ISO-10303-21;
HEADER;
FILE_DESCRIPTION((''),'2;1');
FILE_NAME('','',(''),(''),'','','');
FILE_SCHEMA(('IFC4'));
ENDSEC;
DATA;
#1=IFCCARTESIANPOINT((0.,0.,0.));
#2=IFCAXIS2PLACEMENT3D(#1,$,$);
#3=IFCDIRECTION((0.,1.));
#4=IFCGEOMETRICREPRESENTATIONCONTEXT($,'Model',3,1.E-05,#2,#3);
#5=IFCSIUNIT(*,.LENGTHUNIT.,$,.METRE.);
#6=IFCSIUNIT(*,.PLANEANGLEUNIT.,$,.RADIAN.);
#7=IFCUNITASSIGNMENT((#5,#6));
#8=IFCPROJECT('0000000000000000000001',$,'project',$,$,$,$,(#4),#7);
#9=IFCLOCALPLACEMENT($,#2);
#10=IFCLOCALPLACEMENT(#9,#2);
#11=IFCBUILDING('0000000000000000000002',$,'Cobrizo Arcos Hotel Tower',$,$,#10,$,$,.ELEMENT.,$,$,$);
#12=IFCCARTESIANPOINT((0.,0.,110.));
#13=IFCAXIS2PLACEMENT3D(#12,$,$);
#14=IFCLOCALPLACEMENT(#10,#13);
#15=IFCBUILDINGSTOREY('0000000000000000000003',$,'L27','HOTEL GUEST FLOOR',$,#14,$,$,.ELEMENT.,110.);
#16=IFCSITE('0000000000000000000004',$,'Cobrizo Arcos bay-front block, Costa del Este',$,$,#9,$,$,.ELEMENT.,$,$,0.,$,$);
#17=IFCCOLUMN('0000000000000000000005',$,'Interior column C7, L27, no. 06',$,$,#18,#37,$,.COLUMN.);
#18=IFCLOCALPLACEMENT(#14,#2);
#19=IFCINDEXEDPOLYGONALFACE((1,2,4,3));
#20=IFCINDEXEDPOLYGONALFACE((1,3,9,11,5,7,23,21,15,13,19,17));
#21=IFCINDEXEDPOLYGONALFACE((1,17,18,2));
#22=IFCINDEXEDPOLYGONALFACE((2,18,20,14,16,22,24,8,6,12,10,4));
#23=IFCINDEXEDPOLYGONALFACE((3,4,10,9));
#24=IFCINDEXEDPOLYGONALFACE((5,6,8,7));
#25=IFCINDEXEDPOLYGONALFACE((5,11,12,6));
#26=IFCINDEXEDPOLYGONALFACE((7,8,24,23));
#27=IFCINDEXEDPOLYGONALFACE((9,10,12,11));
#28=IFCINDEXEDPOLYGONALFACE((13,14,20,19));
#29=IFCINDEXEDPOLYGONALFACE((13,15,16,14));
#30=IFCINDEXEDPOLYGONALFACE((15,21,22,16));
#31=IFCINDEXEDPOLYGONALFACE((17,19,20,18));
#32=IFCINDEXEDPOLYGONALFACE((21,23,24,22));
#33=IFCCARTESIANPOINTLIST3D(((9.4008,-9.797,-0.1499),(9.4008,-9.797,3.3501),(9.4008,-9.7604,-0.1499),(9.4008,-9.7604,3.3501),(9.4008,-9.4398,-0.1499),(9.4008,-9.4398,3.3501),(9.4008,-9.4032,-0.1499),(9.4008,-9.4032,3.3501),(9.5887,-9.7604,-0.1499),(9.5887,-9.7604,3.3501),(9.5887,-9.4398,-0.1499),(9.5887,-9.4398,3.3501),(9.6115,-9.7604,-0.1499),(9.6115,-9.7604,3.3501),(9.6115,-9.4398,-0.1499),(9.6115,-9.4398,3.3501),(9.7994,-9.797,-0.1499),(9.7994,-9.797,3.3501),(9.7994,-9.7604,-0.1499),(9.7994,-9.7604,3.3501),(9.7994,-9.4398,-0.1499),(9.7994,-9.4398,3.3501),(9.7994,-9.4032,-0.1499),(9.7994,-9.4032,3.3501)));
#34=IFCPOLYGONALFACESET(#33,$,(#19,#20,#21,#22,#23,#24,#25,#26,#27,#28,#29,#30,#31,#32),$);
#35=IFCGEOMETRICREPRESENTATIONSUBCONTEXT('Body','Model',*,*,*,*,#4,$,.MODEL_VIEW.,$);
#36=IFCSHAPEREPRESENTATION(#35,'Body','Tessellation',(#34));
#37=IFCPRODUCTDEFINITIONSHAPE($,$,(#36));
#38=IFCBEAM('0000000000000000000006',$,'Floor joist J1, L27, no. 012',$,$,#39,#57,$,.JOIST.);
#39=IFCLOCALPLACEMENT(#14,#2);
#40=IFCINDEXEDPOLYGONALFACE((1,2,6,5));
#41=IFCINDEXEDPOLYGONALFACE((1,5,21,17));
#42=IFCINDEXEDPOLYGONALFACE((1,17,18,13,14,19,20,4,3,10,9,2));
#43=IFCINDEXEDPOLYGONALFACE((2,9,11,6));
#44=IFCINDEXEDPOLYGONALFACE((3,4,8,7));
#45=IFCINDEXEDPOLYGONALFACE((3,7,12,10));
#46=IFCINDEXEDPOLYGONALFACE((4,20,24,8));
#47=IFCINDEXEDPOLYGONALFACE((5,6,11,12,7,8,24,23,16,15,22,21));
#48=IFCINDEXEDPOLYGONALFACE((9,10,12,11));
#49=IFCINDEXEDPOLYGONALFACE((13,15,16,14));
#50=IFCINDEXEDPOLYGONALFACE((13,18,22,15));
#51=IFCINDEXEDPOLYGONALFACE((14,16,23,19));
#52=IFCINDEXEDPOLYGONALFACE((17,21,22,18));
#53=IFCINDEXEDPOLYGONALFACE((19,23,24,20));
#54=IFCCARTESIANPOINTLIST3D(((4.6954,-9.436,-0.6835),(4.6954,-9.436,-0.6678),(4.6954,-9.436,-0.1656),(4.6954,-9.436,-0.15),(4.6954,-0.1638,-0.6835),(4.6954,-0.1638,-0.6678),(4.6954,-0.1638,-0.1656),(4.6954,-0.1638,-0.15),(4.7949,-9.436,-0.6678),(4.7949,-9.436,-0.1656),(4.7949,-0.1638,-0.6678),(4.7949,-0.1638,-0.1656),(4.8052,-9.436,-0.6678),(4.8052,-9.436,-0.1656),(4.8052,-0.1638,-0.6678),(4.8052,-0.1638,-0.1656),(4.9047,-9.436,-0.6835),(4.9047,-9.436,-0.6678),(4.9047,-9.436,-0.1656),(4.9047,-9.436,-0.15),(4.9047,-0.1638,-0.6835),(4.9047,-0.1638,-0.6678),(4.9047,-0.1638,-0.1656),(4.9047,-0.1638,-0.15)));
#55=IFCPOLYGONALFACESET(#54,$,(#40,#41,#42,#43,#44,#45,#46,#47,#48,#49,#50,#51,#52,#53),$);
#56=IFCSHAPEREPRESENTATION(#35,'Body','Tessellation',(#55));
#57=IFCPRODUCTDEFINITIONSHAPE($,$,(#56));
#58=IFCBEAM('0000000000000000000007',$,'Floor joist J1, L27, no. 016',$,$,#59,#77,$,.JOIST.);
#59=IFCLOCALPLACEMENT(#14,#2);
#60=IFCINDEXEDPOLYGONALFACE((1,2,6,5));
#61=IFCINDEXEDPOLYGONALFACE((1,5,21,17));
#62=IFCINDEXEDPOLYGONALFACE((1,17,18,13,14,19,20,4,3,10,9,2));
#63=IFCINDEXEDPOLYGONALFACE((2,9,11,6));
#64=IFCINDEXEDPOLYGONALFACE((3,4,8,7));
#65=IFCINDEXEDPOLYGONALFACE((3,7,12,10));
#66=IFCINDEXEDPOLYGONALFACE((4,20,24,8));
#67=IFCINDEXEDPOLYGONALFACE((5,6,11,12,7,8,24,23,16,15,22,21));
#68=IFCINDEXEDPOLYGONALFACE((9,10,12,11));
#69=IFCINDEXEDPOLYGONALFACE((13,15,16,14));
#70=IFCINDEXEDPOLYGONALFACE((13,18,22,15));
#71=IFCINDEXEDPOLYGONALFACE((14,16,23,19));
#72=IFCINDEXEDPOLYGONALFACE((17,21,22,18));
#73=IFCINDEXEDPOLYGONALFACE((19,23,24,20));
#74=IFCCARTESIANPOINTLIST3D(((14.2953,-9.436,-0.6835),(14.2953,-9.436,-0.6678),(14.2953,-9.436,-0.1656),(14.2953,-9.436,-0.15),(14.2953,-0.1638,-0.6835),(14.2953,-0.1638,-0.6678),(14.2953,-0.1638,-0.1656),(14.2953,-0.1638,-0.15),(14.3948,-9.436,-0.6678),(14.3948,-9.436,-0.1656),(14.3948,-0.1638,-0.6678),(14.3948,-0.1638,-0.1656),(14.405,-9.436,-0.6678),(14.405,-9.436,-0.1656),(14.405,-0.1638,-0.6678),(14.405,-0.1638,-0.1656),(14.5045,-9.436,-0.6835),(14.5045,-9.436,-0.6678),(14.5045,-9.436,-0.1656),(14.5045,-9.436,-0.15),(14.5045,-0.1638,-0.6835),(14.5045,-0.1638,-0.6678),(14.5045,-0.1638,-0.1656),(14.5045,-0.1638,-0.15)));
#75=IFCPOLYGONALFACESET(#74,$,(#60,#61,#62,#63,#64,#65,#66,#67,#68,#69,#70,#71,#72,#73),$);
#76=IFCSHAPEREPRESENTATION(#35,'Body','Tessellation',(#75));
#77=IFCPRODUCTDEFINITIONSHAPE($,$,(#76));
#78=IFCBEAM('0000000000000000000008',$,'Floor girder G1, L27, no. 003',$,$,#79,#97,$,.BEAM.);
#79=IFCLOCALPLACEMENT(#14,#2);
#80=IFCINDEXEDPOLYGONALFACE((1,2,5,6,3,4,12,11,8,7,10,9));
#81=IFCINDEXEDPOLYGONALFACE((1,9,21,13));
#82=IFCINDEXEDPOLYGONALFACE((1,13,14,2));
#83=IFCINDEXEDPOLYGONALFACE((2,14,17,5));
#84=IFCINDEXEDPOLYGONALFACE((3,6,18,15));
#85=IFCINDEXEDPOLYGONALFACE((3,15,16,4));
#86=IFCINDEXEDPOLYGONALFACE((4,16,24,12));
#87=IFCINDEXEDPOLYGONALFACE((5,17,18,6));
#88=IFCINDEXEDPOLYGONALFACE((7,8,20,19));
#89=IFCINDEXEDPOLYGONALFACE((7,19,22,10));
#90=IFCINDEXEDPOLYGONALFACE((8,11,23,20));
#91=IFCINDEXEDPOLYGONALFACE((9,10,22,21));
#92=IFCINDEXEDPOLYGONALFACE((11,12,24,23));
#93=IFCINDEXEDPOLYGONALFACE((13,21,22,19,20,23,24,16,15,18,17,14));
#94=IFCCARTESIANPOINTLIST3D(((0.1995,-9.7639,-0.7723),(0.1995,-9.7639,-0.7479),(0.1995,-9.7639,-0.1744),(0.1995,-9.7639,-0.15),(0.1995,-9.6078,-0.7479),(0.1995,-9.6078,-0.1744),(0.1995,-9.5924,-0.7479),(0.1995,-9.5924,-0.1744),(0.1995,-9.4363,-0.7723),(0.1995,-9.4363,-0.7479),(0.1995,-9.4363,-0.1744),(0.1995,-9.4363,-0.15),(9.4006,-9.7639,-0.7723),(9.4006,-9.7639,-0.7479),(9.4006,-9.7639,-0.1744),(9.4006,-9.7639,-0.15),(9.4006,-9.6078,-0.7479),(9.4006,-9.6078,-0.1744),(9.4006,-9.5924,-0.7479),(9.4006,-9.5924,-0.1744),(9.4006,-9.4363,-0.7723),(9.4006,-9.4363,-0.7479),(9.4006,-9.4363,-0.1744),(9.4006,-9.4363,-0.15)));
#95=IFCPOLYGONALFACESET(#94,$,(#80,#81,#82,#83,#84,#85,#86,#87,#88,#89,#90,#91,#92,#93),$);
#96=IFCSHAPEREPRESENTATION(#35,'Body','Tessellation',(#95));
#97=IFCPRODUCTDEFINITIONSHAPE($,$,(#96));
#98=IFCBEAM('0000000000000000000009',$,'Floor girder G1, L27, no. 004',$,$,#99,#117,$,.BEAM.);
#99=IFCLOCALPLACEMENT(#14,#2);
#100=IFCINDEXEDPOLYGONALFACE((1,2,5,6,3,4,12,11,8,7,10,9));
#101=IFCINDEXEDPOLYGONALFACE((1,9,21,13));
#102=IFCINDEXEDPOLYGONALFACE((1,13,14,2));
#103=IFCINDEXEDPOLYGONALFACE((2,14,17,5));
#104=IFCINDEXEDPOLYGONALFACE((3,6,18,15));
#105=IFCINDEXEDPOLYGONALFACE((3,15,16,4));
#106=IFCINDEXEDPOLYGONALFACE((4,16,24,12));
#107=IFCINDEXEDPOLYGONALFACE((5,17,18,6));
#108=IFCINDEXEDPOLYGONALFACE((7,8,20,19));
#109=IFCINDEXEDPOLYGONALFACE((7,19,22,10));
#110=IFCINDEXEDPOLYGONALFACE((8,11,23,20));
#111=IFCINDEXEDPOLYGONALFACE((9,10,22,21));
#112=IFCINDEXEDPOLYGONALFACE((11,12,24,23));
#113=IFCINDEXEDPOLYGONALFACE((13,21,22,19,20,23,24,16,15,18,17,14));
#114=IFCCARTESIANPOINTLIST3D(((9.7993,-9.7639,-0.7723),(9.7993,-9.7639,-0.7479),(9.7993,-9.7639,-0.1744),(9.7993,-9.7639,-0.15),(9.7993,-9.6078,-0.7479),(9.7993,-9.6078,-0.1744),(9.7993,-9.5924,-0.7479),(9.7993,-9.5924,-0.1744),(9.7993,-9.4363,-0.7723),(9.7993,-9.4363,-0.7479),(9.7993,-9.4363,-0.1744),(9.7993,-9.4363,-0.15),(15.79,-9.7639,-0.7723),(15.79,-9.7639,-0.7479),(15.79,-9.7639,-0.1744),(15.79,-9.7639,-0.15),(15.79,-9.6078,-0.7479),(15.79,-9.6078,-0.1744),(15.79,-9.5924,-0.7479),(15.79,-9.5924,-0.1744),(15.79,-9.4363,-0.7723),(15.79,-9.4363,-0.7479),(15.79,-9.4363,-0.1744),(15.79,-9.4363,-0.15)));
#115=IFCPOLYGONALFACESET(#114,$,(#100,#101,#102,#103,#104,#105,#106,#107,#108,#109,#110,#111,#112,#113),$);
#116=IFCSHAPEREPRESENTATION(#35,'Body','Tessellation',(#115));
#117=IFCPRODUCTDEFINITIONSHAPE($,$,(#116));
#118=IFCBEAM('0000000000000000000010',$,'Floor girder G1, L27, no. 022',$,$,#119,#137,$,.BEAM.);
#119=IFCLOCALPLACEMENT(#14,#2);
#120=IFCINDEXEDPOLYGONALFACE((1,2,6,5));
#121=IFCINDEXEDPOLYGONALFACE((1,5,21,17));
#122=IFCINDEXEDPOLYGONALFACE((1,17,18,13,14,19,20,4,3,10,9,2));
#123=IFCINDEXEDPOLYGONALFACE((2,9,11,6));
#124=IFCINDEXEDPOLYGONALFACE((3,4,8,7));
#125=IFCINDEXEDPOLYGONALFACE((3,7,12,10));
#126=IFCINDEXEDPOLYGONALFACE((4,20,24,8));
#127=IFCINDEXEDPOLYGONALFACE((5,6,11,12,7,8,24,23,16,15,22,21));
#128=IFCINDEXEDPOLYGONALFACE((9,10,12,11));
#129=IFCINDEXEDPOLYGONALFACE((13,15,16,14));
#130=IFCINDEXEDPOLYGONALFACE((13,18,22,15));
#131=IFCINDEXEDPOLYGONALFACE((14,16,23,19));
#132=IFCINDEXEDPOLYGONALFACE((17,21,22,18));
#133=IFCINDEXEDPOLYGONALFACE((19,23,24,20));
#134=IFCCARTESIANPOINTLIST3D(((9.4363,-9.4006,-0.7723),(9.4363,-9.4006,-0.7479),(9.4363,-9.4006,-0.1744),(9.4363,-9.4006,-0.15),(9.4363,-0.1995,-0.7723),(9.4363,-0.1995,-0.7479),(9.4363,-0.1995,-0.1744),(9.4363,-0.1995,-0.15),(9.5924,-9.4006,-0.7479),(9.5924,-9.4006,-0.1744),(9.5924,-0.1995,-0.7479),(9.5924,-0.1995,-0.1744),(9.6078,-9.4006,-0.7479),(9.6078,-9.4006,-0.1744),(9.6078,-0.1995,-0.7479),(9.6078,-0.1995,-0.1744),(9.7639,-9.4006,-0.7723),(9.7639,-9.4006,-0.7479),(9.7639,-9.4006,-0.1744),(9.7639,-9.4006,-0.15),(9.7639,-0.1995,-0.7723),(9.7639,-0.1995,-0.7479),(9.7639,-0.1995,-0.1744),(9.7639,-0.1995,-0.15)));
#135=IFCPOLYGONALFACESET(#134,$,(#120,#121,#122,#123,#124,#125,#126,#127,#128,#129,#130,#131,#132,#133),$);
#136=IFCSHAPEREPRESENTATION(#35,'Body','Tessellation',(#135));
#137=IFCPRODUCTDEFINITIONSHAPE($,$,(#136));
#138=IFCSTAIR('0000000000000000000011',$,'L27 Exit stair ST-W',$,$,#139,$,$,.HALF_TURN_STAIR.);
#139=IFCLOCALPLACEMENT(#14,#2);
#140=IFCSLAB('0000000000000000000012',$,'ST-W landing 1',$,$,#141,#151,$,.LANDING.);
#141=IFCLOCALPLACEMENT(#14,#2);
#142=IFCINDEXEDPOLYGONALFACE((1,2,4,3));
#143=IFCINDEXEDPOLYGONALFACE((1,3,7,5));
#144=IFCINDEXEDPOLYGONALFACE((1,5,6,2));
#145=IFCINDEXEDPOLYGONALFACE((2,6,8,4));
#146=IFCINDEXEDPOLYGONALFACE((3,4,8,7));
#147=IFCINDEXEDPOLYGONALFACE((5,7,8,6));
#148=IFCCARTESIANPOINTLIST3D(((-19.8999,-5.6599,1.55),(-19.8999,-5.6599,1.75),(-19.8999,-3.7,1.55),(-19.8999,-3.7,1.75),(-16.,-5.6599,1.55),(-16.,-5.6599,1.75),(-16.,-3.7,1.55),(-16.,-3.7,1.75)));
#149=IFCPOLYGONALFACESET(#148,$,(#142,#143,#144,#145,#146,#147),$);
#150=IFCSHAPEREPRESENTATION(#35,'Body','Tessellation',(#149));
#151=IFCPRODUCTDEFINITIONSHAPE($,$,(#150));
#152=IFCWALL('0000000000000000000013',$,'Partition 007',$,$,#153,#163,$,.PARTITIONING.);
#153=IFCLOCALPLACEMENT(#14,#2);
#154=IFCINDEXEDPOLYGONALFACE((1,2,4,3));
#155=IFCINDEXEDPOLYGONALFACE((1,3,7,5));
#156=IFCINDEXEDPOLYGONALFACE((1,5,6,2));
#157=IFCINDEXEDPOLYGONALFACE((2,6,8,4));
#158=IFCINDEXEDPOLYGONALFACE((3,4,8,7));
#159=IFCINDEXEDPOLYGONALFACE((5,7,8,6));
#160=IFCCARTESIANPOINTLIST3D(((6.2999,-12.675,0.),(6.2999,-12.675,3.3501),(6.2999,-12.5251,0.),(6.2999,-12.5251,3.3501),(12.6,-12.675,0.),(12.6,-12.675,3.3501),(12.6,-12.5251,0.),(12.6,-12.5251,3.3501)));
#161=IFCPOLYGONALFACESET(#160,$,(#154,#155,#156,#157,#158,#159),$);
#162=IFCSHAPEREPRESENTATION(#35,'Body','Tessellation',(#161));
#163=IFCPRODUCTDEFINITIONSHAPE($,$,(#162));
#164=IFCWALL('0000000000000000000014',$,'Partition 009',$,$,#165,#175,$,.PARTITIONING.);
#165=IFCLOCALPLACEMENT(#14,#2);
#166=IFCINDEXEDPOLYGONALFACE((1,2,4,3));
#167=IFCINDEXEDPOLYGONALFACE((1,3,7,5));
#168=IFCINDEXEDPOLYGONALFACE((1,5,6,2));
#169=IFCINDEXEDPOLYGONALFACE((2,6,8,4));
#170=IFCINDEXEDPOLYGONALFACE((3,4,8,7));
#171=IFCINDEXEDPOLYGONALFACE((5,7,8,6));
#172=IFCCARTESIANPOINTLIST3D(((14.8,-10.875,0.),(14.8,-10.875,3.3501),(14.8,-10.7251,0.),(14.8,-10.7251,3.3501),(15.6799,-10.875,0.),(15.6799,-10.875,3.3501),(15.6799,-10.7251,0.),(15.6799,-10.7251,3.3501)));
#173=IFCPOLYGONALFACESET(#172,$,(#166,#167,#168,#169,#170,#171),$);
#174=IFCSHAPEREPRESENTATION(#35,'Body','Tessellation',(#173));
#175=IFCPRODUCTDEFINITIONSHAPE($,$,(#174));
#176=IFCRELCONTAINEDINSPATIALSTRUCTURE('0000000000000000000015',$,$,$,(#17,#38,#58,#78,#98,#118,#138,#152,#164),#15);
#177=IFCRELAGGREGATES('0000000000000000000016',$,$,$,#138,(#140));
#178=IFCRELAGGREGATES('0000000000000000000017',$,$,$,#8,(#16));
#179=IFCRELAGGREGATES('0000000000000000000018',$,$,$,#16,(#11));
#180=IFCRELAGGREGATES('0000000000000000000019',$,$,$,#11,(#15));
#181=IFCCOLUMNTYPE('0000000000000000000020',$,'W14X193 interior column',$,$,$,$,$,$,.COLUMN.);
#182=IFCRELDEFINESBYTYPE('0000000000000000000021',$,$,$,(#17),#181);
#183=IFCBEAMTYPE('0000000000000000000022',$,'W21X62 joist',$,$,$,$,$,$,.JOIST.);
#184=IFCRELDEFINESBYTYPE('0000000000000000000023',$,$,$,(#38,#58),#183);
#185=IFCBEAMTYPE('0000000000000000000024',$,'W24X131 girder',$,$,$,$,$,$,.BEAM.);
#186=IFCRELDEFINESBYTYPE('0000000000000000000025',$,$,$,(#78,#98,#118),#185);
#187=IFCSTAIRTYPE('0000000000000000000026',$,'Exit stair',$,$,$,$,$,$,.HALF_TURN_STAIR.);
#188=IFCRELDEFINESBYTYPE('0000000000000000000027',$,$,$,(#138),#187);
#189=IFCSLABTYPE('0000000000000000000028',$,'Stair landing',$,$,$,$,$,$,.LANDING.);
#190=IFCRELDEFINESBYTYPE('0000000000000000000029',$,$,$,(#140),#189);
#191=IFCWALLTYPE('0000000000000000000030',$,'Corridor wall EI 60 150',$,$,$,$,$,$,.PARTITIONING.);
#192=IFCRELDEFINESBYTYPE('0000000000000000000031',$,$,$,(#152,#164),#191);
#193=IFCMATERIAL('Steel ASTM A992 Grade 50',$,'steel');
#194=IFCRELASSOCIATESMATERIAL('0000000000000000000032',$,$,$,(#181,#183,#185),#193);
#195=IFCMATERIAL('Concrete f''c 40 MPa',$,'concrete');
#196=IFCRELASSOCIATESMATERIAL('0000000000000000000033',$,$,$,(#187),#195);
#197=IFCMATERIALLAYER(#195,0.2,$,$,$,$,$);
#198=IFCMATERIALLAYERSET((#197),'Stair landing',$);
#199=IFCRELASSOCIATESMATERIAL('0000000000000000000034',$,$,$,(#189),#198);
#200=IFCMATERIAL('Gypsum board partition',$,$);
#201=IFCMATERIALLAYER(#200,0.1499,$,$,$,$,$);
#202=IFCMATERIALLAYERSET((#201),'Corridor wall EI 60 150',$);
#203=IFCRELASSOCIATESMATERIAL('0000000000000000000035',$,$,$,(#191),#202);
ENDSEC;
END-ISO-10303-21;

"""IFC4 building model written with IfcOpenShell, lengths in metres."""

from ifc_helpers import new_model, si_unit, direction, frame, frame_2d, origin, origin_2d, place, context, subcontext, project, spatial, polyline, rectangle, i_section, outline, extrude, material, layer, layer_set, material_profile, profile_set, type_object, element, aggregate, save


model = new_model("IFC4")

# Units and contexts
model_context = context("Model", 3, precision=1e-05, world=origin(), true_north=direction((0.0, 1.0)))
body_context = subcontext(model_context, "Body", "Model", "MODEL_VIEW")
ifc_project = project(units=[si_unit("LENGTHUNIT", "METRE"), si_unit("PLANEANGLEUNIT", "RADIAN")], contexts=[model_context])

# Site, building, storey
site_placement = place(None, origin())
site = spatial("IfcSite", under=ifc_project, at=site_placement, Name="Cobrizo Arcos bay-front block, Costa del Este", CompositionType="ELEMENT", RefElevation=0.0)
building_placement = place(site_placement, origin())
building = spatial("IfcBuilding", under=site, at=building_placement, Name="Cobrizo Arcos Hotel Tower", CompositionType="ELEMENT")
storey_placement = place(building_placement, frame((0.0, 0.0, 110.0)))
storey = spatial("IfcBuildingStorey", under=building, at=storey_placement, Name="L27", Description="HOTEL GUEST FLOOR", CompositionType="ELEMENT", Elevation=110.0)

# Column
ifc_material_1 = material(Name="Steel ASTM A992 Grade 50", Category="steel")
ifc_material_profile_1 = material_profile(ifc_material_1, i_section(OverallWidth=0.3987, OverallDepth=0.3938, WebThickness=0.0227, FlangeThickness=0.0366, at=origin_2d()), Name="W14X193")
ifc_profile_set_1 = profile_set([ifc_material_profile_1], Name="Steel ASTM A992 Grade 50")
column_type = type_object("IfcColumnType", Name="W14X193 interior column", PredefinedType="COLUMN", material=ifc_profile_set_1)
column_placement = place(storey_placement, frame((9.6001, -9.6001, -0.1499), z_axis=(0.0, 0.0, 1.0), x_axis=(1.0, 0.0, 0.0)))
element("IfcColumn", 1, at=column_placement, inside=storey, type_object=column_type, Name="Interior column C7, L27, no. 06", PredefinedType="COLUMN", context=body_context, shape_type="SweptSolid", body=[
    extrude(i_section(OverallWidth=0.3987, OverallDepth=0.3938, WebThickness=0.0227, FlangeThickness=0.0366, at=origin_2d()), origin(), (0.0, 0.0, 1.0), 3.5),
])

# Beams
ifc_material_profile_2 = material_profile(ifc_material_1, i_section(OverallWidth=0.2092, OverallDepth=0.5334, WebThickness=0.0103, FlangeThickness=0.0156, at=origin_2d()), Name="W21X62")
ifc_profile_set_2 = profile_set([ifc_material_profile_2], Name="Steel ASTM A992 Grade 50")
beam_type_1 = type_object("IfcBeamType", Name="W21X62 joist", PredefinedType="JOIST", material=ifc_profile_set_2)
for number, where, z_axis, x_axis, name in (
    (2, (4.8, -9.436, -0.4167), (0.0, 1.0, 0.0), (-1.0, 0.0, 0.0), "Floor joist J1, L27, no. 012"),
    (3, (14.3999, -9.436, -0.4167), (0.0, 1.0, 0.0), (-1.0, 0.0, 0.0), "Floor joist J1, L27, no. 016"),
):
    element("IfcBeam", number, at=place(storey_placement, frame(where, z_axis=z_axis, x_axis=x_axis)), inside=storey, type_object=beam_type_1, Name=name, PredefinedType="JOIST", context=body_context, shape_type="SweptSolid", body=[
        extrude(i_section(OverallWidth=0.2092, OverallDepth=0.5334, WebThickness=0.0103, FlangeThickness=0.0156, at=origin_2d()), origin(), (0.0, 0.0, 1.0), 9.2722),
    ])
ifc_material_profile_3 = material_profile(ifc_material_1, i_section(OverallWidth=0.3276, OverallDepth=0.6223, WebThickness=0.0154, FlangeThickness=0.0244, at=origin_2d()), Name="W24X131")
ifc_profile_set_3 = profile_set([ifc_material_profile_3], Name="Steel ASTM A992 Grade 50")
beam_type_2 = type_object("IfcBeamType", Name="W24X131 girder", PredefinedType="BEAM", material=ifc_profile_set_3)
beam_1_placement = place(storey_placement, frame((0.1995, -9.6001, -0.4612), z_axis=(1.0, 0.0, 0.0), x_axis=(0.0, 1.0, 0.0)))
element("IfcBeam", 4, at=beam_1_placement, inside=storey, type_object=beam_type_2, Name="Floor girder G1, L27, no. 003", PredefinedType="BEAM", context=body_context, shape_type="SweptSolid", body=[
    extrude(i_section(OverallWidth=0.3276, OverallDepth=0.6223, WebThickness=0.0154, FlangeThickness=0.0244, at=origin_2d()), origin(), (0.0, 0.0, 1.0), 9.2012),
])
beam_2_placement = place(storey_placement, frame((9.7993, -9.6001, -0.4612), z_axis=(1.0, 0.0, 0.0), x_axis=(0.0, 1.0, 0.0)))
element("IfcBeam", 5, at=beam_2_placement, inside=storey, type_object=beam_type_2, Name="Floor girder G1, L27, no. 004", PredefinedType="BEAM", context=body_context, shape_type="SweptSolid", body=[
    extrude(i_section(OverallWidth=0.3276, OverallDepth=0.6223, WebThickness=0.0154, FlangeThickness=0.0244, at=origin_2d()), origin(), (0.0, 0.0, 1.0), 5.9907),
])
beam_3_placement = place(storey_placement, frame((9.6001, -9.4006, -0.4612), z_axis=(0.0, 1.0, 0.0), x_axis=(-1.0, 0.0, 0.0)))
element("IfcBeam", 6, at=beam_3_placement, inside=storey, type_object=beam_type_2, Name="Floor girder G1, L27, no. 022", PredefinedType="BEAM", context=body_context, shape_type="SweptSolid", body=[
    extrude(i_section(OverallWidth=0.3276, OverallDepth=0.6223, WebThickness=0.0154, FlangeThickness=0.0244, at=origin_2d()), origin(), (0.0, 0.0, 1.0), 9.2012),
])

# Stair, slab
ifc_material_2 = material(Name="Concrete f'c 40 MPa", Category="concrete")
stair_type = type_object("IfcStairType", Name="Exit stair", PredefinedType="HALF_TURN_STAIR", material=ifc_material_2)
stair_placement = place(storey_placement, origin())
stair = element("IfcStair", 7, at=stair_placement, inside=storey, type_object=stair_type, Name="L27 Exit stair ST-W", PredefinedType="HALF_TURN_STAIR")
ifc_layer_1 = layer(ifc_material_2, 0.2)
ifc_layer_set_1 = layer_set([ifc_layer_1], Name="Stair landing")
slab_type = type_object("IfcSlabType", Name="Stair landing", PredefinedType="LANDING", material=ifc_layer_set_1)
slab_placement = place(storey_placement, frame((0.0, 0.0, 1.55)))
slab = element("IfcSlab", 8, at=slab_placement, type_object=slab_type, Name="ST-W landing 1", PredefinedType="LANDING", context=body_context, shape_type="SweptSolid", body=[
    extrude(outline(polyline([(-16.0, -5.6599), (-16.0, -3.7), (-19.8999, -3.7), (-19.8999, -5.6599), (-16.0, -5.6599)])), origin(), (0.0, 0.0, 1.0), 0.2),
])
aggregate(stair, [slab])

# Walls
ifc_material_3 = material(Name="Gypsum board partition")
ifc_layer_2 = layer(ifc_material_3, 0.1499)
ifc_layer_set_2 = layer_set([ifc_layer_2], Name="Corridor wall EI 60 150")
wall_type_1 = type_object("IfcWallType", Name="Corridor wall EI 60 150", PredefinedType="PARTITIONING", material=ifc_layer_set_2)
wall_1_placement = place(storey_placement, frame((6.3, -12.6001, 0.0), z_axis=(0.0, 0.0, 1.0), x_axis=(1.0, 0.0, 0.0)))
element("IfcWall", 9, at=wall_1_placement, inside=storey, type_object=wall_type_1, Name="Partition 007", PredefinedType="PARTITIONING", context=body_context, shape_type="SweptSolid", body=[
    extrude(rectangle(XDim=6.3, YDim=0.1499, at=frame_2d((3.1499, 0.0))), origin(), (0.0, 0.0, 1.0), 3.3501),
])
wall_2_placement = place(storey_placement, frame((14.8, -10.8, 0.0), z_axis=(0.0, 0.0, 1.0), x_axis=(1.0, 0.0, 0.0)))
element("IfcWall", 10, at=wall_2_placement, inside=storey, type_object=wall_type_1, Name="Partition 009", PredefinedType="PARTITIONING", context=body_context, shape_type="SweptSolid", body=[
    extrude(rectangle(XDim=0.8799, YDim=0.1499, at=frame_2d((0.4399, 0.0))), origin(), (0.0, 0.0, 1.0), 3.3501),
])

save(model, "model.ifc")
